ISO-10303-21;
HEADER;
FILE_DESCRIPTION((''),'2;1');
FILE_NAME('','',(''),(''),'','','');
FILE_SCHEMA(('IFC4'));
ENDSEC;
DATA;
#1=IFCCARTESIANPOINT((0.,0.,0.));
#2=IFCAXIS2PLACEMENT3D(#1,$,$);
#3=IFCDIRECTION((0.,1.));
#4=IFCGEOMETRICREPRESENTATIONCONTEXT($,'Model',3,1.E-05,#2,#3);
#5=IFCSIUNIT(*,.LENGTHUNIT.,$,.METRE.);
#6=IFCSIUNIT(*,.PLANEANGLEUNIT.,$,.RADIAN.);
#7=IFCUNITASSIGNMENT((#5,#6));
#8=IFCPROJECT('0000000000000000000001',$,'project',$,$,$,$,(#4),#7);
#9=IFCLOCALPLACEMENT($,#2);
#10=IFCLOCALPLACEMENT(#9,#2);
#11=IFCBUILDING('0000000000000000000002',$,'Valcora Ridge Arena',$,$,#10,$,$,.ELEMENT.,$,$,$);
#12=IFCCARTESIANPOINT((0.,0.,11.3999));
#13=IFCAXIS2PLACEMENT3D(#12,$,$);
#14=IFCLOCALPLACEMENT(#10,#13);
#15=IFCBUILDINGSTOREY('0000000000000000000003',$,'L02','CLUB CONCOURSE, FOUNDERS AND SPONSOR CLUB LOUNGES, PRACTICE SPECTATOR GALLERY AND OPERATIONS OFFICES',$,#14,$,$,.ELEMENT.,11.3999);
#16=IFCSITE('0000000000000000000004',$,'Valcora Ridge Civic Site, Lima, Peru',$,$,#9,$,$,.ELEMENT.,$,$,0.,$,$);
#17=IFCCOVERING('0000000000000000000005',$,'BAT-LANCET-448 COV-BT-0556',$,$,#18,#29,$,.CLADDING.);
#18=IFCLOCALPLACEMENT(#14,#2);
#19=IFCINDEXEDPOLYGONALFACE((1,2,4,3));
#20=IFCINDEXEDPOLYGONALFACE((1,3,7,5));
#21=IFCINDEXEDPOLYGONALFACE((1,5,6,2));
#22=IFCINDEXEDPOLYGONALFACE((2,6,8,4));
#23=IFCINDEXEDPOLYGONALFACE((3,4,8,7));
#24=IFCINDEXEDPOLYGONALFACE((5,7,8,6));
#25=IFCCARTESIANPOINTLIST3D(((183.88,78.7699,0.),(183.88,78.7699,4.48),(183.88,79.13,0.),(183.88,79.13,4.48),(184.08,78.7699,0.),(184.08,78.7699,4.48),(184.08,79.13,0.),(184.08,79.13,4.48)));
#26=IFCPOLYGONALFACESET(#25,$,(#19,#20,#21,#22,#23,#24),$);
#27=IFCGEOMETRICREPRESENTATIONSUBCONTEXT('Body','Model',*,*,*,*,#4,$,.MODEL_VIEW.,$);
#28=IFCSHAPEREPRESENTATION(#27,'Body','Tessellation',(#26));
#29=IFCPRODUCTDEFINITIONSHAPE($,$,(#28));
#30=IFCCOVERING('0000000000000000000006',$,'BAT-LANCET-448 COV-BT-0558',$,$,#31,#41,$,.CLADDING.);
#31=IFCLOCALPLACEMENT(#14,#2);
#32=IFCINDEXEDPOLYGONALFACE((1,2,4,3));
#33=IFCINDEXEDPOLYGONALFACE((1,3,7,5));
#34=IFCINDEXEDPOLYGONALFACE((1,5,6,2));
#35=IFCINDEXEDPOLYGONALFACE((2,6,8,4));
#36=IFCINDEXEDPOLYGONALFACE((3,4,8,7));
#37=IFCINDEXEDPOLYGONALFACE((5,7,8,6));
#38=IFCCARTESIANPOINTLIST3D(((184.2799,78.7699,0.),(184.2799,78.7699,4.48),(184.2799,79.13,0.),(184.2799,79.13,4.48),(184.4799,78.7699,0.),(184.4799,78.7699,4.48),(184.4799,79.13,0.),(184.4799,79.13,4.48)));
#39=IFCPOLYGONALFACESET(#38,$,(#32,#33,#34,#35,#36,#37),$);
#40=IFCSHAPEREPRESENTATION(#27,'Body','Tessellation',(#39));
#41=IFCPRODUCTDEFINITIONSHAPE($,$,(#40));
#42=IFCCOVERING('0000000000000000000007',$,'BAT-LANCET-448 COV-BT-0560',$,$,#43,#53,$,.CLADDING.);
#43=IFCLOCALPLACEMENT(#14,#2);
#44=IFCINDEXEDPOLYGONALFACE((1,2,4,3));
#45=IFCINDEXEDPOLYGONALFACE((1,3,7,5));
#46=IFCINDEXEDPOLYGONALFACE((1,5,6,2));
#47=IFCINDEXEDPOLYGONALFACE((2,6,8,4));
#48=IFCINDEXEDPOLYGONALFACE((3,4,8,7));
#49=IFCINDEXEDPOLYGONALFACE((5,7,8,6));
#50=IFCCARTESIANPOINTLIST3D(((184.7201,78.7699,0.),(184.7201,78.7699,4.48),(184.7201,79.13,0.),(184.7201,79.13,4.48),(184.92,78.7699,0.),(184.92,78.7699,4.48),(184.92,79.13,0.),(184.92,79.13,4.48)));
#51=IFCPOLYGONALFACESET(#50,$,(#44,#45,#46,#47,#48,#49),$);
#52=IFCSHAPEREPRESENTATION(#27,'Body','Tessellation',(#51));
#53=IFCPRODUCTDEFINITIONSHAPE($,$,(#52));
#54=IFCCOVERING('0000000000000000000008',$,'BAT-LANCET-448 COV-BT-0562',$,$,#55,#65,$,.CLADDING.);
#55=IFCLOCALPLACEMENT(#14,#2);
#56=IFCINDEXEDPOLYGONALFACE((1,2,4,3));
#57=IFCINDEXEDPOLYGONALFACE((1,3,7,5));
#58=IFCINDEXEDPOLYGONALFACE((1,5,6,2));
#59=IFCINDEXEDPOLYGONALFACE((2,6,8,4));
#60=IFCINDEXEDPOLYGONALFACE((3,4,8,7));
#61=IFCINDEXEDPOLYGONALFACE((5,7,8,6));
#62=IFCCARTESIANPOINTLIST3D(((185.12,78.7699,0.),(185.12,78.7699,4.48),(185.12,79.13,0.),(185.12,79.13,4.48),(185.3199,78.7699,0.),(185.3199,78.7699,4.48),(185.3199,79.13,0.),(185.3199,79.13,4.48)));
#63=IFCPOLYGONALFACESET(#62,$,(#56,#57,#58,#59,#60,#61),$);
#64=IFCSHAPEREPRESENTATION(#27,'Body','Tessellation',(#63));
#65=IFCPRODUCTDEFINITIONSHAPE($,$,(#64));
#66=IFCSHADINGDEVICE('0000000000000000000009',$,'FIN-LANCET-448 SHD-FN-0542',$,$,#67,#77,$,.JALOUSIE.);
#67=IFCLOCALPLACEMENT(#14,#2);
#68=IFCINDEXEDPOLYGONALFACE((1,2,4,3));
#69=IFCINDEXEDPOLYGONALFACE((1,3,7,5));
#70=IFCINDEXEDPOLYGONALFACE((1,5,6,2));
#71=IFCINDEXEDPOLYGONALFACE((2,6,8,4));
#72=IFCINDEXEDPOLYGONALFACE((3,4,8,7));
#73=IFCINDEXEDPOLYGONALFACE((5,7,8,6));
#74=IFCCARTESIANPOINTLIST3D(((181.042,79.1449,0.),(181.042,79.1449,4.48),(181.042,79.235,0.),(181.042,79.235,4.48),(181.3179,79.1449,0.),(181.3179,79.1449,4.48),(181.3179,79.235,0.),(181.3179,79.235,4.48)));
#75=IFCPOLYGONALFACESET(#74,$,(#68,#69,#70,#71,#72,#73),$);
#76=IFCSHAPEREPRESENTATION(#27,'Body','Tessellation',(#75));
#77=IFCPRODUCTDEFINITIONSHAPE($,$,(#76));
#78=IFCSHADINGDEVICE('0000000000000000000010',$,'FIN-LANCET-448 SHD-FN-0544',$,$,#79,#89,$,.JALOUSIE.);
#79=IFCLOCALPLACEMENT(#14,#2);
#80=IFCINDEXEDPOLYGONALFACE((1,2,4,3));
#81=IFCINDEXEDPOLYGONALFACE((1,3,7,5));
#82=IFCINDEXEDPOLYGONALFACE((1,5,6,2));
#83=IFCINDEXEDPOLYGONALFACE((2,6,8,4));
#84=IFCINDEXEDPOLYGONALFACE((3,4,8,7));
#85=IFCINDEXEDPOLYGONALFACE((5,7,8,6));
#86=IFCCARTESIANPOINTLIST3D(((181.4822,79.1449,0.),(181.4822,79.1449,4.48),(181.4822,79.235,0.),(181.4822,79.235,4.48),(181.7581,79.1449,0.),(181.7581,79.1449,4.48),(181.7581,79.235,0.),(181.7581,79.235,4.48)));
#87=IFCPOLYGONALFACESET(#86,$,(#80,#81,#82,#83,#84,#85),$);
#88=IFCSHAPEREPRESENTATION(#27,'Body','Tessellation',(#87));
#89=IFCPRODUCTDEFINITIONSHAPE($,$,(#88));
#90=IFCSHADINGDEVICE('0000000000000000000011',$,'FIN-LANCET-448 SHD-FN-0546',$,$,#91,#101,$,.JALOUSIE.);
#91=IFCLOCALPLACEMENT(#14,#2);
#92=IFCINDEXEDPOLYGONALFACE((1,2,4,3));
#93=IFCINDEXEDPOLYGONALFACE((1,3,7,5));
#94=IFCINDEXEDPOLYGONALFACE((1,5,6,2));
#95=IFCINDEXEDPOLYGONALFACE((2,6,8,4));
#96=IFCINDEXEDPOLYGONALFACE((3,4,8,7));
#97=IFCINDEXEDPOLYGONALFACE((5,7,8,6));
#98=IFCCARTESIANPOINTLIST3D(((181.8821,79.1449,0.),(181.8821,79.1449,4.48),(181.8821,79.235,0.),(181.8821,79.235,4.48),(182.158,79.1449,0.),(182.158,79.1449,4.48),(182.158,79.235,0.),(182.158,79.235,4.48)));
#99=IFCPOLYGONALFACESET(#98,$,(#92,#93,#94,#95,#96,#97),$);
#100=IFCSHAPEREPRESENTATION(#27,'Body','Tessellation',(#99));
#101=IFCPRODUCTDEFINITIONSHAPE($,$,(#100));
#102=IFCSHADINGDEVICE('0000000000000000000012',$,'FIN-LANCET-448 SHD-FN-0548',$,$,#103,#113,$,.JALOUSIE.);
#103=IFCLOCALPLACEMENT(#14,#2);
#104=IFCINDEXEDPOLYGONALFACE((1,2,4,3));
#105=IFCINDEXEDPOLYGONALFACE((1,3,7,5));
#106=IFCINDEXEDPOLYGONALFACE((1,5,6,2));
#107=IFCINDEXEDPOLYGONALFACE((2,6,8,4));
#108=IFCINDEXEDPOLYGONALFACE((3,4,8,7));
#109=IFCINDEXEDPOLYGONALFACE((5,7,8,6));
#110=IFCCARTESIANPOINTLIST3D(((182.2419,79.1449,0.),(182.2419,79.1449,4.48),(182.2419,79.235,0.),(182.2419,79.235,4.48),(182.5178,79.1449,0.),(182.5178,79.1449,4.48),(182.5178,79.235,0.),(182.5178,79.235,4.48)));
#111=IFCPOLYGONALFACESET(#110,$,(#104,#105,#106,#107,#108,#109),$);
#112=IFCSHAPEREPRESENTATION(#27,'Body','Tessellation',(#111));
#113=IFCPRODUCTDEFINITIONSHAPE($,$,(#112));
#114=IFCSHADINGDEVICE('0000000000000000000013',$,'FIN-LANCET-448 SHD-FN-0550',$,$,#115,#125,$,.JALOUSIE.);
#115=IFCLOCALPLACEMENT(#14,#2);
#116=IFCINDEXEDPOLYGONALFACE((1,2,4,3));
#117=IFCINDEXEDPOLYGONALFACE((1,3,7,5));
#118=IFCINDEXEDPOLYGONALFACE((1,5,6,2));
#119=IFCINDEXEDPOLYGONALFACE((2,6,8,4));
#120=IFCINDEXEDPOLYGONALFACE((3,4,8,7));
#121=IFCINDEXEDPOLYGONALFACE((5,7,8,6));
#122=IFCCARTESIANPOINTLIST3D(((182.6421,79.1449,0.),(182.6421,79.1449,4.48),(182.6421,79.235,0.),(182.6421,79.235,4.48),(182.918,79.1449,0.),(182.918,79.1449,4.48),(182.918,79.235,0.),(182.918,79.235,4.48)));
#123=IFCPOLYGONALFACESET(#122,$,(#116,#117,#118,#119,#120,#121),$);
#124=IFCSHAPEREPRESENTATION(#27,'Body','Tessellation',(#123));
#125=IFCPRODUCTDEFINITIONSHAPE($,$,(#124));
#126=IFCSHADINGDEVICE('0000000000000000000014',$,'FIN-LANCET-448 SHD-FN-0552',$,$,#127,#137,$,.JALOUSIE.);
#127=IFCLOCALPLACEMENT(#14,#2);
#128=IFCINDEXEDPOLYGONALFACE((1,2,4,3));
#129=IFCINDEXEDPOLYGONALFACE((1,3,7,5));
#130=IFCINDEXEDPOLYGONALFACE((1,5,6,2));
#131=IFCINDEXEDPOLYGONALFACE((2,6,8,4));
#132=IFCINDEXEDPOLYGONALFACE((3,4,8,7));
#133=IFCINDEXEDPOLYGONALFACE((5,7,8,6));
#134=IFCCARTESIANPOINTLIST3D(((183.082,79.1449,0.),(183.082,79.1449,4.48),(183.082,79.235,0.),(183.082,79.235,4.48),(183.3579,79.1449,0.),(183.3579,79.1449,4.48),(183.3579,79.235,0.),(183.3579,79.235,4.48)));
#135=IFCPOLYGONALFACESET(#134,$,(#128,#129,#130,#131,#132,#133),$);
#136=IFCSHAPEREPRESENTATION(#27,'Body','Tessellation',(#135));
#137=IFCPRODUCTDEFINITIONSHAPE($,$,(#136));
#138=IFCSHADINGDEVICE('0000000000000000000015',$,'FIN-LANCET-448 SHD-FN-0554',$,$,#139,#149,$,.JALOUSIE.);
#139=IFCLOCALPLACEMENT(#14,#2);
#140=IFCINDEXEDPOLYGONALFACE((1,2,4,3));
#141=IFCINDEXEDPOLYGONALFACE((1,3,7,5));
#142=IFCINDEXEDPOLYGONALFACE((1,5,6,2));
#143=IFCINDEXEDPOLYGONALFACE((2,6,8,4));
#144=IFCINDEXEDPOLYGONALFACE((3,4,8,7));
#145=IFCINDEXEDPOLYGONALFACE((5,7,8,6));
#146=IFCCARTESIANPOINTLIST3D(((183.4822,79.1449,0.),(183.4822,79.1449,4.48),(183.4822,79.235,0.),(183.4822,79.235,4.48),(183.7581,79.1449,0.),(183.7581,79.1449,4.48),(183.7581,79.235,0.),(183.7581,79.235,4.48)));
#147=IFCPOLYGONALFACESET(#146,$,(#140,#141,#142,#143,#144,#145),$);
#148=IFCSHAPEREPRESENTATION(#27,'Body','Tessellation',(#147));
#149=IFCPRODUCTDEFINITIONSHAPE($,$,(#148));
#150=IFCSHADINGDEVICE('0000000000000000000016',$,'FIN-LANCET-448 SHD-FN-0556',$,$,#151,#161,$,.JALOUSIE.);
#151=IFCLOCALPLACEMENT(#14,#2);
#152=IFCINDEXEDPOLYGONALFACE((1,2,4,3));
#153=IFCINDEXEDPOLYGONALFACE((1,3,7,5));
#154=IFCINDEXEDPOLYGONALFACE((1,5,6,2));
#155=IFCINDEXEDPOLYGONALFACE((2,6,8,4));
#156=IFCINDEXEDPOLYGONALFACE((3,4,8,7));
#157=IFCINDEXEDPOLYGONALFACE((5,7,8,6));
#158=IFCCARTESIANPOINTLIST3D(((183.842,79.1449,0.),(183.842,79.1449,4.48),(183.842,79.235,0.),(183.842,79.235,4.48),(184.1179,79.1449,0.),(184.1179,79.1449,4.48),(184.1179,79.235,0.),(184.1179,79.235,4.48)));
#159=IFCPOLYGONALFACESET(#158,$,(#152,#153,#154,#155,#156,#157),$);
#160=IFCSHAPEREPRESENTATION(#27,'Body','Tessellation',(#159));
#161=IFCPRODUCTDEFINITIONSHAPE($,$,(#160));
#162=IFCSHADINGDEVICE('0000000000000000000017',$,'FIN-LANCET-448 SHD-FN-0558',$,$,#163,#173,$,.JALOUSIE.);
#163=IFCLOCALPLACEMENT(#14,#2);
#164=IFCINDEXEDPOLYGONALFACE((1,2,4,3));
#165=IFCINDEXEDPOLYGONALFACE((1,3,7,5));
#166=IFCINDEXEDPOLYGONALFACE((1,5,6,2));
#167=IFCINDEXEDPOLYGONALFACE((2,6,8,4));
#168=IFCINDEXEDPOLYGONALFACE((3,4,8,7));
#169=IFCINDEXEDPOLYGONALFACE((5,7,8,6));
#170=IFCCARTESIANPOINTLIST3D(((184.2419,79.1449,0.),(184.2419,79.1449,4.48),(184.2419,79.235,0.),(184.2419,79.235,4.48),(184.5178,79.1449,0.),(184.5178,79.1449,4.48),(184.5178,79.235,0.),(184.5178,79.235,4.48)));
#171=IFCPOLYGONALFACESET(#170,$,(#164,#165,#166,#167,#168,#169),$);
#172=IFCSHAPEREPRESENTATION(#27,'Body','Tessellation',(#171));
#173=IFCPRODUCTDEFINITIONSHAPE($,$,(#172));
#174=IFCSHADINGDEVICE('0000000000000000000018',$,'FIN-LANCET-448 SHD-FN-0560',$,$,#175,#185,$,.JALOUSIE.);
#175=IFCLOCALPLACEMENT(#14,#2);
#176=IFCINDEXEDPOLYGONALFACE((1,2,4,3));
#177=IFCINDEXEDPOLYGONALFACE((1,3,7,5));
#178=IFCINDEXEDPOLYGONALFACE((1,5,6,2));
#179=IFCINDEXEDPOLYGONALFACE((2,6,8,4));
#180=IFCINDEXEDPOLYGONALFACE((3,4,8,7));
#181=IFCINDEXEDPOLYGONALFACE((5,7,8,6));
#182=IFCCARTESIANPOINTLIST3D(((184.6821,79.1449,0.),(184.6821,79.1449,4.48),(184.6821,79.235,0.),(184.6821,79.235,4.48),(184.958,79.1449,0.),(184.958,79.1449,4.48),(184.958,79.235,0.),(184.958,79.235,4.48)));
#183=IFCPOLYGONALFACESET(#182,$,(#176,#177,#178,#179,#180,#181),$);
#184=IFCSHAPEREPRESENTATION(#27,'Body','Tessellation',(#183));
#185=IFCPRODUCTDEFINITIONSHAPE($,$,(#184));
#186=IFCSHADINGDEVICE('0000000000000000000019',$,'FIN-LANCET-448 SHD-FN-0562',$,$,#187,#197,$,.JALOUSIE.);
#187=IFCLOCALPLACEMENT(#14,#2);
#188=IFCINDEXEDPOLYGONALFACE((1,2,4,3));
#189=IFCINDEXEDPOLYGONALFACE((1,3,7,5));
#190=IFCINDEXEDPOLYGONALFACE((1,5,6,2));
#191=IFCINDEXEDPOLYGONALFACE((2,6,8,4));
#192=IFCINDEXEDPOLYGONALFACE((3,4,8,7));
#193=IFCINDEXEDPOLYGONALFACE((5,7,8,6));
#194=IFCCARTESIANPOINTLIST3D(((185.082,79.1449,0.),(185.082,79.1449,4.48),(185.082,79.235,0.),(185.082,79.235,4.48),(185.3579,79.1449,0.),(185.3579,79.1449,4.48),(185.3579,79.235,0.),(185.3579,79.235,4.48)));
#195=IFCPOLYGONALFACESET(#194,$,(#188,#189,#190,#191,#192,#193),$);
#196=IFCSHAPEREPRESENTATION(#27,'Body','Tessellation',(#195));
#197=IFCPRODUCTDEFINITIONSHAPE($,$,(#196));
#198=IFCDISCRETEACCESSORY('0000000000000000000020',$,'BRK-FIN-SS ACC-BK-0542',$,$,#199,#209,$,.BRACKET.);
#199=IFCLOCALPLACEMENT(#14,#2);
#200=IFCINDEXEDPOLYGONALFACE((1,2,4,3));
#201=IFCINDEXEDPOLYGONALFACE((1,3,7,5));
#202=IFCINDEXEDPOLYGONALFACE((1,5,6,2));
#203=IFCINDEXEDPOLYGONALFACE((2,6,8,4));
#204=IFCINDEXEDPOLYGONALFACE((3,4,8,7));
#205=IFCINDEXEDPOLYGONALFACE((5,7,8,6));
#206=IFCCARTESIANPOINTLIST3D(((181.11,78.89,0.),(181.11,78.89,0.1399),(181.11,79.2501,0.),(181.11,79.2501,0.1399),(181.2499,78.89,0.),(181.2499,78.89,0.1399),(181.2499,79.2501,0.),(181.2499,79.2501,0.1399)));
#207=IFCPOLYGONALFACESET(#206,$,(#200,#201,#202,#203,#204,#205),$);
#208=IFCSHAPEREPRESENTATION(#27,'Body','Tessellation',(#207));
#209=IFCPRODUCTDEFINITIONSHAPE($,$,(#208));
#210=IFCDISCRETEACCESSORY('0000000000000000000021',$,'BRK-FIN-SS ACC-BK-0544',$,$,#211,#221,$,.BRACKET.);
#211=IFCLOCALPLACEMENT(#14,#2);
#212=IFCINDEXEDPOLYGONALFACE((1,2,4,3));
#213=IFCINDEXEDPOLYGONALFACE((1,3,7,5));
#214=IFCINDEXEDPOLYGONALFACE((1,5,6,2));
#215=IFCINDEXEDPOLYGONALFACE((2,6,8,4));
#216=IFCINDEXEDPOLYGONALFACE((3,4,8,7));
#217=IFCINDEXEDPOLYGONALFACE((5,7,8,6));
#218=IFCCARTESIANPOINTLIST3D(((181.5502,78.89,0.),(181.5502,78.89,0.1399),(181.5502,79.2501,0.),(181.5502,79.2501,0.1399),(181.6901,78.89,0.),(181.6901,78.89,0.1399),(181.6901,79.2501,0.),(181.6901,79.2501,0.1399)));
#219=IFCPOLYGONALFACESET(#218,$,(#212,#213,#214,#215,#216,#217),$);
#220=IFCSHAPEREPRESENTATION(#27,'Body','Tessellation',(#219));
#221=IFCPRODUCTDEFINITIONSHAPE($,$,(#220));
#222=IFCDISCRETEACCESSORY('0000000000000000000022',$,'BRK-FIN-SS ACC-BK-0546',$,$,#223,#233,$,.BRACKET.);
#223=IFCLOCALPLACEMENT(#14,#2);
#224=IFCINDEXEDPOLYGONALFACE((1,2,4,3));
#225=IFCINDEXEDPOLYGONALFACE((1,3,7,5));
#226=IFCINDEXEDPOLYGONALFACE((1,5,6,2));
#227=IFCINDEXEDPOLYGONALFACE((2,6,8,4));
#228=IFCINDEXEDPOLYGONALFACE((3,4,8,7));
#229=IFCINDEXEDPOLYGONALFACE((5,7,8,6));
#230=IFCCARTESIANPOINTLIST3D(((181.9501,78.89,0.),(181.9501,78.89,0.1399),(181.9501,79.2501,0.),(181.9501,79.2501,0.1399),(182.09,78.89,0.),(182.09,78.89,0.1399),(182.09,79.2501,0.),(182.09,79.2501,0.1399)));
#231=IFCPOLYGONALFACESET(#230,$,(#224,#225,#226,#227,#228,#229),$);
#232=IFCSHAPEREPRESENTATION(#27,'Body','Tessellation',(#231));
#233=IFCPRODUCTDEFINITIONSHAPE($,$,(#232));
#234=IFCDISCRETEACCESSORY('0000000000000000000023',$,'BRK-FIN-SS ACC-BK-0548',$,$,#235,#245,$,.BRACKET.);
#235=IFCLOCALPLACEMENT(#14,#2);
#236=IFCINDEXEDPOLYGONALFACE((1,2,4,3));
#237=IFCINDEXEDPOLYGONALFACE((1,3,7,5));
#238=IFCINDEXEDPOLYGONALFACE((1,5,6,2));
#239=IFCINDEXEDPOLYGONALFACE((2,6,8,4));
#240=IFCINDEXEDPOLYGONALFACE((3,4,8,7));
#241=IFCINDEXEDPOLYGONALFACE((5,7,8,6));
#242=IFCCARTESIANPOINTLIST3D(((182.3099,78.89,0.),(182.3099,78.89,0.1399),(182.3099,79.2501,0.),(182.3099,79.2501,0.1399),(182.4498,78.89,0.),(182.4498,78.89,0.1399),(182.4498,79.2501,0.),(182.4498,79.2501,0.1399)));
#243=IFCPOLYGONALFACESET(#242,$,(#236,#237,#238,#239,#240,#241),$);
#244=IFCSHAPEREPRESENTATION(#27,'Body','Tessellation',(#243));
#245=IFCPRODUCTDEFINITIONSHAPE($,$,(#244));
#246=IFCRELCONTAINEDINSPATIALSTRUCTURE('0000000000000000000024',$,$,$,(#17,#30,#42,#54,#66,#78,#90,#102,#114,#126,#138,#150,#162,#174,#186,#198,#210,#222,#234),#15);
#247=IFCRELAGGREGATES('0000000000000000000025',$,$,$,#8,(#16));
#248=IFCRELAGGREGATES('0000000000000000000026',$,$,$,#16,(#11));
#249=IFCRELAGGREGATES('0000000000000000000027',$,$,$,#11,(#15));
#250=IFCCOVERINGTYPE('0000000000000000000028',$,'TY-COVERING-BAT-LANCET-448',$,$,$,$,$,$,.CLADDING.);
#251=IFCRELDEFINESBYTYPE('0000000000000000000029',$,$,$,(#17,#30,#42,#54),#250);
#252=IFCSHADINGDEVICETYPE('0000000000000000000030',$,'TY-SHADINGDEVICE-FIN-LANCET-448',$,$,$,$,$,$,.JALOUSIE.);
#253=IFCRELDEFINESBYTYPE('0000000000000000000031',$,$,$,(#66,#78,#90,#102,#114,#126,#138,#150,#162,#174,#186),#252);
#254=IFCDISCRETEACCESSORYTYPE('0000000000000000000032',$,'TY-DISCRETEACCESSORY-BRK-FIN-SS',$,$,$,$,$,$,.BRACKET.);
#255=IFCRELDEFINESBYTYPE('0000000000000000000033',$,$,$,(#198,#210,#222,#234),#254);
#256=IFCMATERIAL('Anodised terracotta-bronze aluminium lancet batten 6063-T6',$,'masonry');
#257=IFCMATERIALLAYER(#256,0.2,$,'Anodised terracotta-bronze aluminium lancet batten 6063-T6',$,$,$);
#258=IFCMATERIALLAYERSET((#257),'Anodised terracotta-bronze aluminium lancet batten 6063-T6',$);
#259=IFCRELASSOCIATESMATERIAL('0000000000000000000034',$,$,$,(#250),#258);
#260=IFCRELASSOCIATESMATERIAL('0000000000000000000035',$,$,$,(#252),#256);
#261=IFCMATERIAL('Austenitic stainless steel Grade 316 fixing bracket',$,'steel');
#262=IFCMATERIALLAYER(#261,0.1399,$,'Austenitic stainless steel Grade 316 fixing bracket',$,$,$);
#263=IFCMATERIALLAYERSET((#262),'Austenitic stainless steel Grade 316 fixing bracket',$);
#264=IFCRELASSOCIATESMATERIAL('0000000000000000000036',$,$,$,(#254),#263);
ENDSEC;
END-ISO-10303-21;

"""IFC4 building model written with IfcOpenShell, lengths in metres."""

from ifc_helpers import new_model, si_unit, direction, frame, origin, origin_2d, place, context, subcontext, project, spatial, rectangle, extrude, material, layer, layer_set, material_profile, profile_set, type_object, element, save


model = new_model("IFC4")

# Units and contexts
model_context = context("Model", 3, precision=1e-05, world=origin(), true_north=direction((0.0, 1.0)))
body_context = subcontext(model_context, "Body", "Model", "MODEL_VIEW")
ifc_project = project(units=[si_unit("LENGTHUNIT", "METRE"), si_unit("PLANEANGLEUNIT", "RADIAN")], contexts=[model_context])

# Site, building, storey
site_placement = place(None, origin())
site = spatial("IfcSite", under=ifc_project, at=site_placement, Name="Valcora Ridge Civic Site, Lima, Peru", CompositionType="ELEMENT", RefElevation=0.0)
building_placement = place(site_placement, origin())
building = spatial("IfcBuilding", under=site, at=building_placement, Name="Valcora Ridge Arena", CompositionType="ELEMENT")
storey_placement = place(building_placement, frame((0.0, 0.0, 11.3999)))
storey = spatial("IfcBuildingStorey", under=building, at=storey_placement, Name="L02", Description="CLUB CONCOURSE, FOUNDERS AND SPONSOR CLUB LOUNGES, PRACTICE SPECTATOR GALLERY AND OPERATIONS OFFICES", CompositionType="ELEMENT", Elevation=11.3999)

# Coverings
ifc_material_1 = material(Name="Anodised terracotta-bronze aluminium lancet batten 6063-T6", Category="masonry")
ifc_layer_1 = layer(ifc_material_1, 0.2, Name="Anodised terracotta-bronze aluminium lancet batten 6063-T6")
ifc_layer_set_1 = layer_set([ifc_layer_1], Name="Anodised terracotta-bronze aluminium lancet batten 6063-T6")
covering_type = type_object("IfcCoveringType", Name="TY-COVERING-BAT-LANCET-448", PredefinedType="CLADDING", material=ifc_layer_set_1)
for number, where, z_axis, x_axis, name in (
    (1, (183.98, 78.95, 0.0), (0.0, 0.0, 1.0), (1.0, 0.0, 0.0), "BAT-LANCET-448 COV-BT-0556"),
    (2, (184.3799, 78.95, 0.0), (0.0, 0.0, 1.0), (1.0, 0.0, 0.0), "BAT-LANCET-448 COV-BT-0558"),
    (3, (184.8201, 78.95, 0.0), (0.0, 0.0, 1.0), (1.0, 0.0, 0.0), "BAT-LANCET-448 COV-BT-0560"),
    (4, (185.22, 78.95, 0.0), (0.0, 0.0, 1.0), (1.0, 0.0, 0.0), "BAT-LANCET-448 COV-BT-0562"),
):
    element("IfcCovering", number, at=place(storey_placement, frame(where, z_axis=z_axis, x_axis=x_axis)), inside=storey, type_object=covering_type, Name=name, PredefinedType="CLADDING", context=body_context, shape_type="SweptSolid", body=[
        extrude(rectangle(XDim=0.2, YDim=0.3601, at=origin_2d()), origin(), (0.0, 0.0, 1.0), 4.48),
    ])

# Shading devices
ifc_material_profile_1 = material_profile(ifc_material_1, rectangle(XDim=0.0901, YDim=0.2759, at=origin_2d()), Name="ALU LANCET BATTEN 90x276")
ifc_profile_set_1 = profile_set([ifc_material_profile_1], Name="Anodised terracotta-bronze aluminium lancet batten 6063-T6")
shading_device_type = type_object("IfcShadingDeviceType", Name="TY-SHADINGDEVICE-FIN-LANCET-448", PredefinedType="JALOUSIE", material=ifc_profile_set_1)
for number, where, z_axis, x_axis, name in (
    (5, (181.1799, 79.1899, 0.0), (0.0, 0.0, 1.0), (0.0, 1.0, 0.0), "FIN-LANCET-448 SHD-FN-0542"),
    (6, (181.6201, 79.1899, 0.0), (0.0, 0.0, 1.0), (0.0, 1.0, 0.0), "FIN-LANCET-448 SHD-FN-0544"),
    (7, (182.02, 79.1899, 0.0), (0.0, 0.0, 1.0), (0.0, 1.0, 0.0), "FIN-LANCET-448 SHD-FN-0546"),
    (8, (182.3799, 79.1899, 0.0), (0.0, 0.0, 1.0), (0.0, 1.0, 0.0), "FIN-LANCET-448 SHD-FN-0548"),
    (9, (182.78, 79.1899, 0.0), (0.0, 0.0, 1.0), (0.0, 1.0, 0.0), "FIN-LANCET-448 SHD-FN-0550"),
    (10, (183.22, 79.1899, 0.0), (0.0, 0.0, 1.0), (0.0, 1.0, 0.0), "FIN-LANCET-448 SHD-FN-0552"),
    (11, (183.6201, 79.1899, 0.0), (0.0, 0.0, 1.0), (0.0, 1.0, 0.0), "FIN-LANCET-448 SHD-FN-0554"),
    (12, (183.98, 79.1899, 0.0), (0.0, 0.0, 1.0), (0.0, 1.0, 0.0), "FIN-LANCET-448 SHD-FN-0556"),
    (13, (184.3799, 79.1899, 0.0), (0.0, 0.0, 1.0), (0.0, 1.0, 0.0), "FIN-LANCET-448 SHD-FN-0558"),
    (14, (184.8201, 79.1899, 0.0), (0.0, 0.0, 1.0), (0.0, 1.0, 0.0), "FIN-LANCET-448 SHD-FN-0560"),
    (15, (185.22, 79.1899, 0.0), (0.0, 0.0, 1.0), (0.0, 1.0, 0.0), "FIN-LANCET-448 SHD-FN-0562"),
):
    element("IfcShadingDevice", number, at=place(storey_placement, frame(where, z_axis=z_axis, x_axis=x_axis)), inside=storey, type_object=shading_device_type, Name=name, PredefinedType="JALOUSIE", context=body_context, shape_type="SweptSolid", body=[
        extrude(rectangle(XDim=0.0901, YDim=0.2759, at=origin_2d()), origin(), (0.0, 0.0, 1.0), 4.48),
    ])

# Discrete accessories
ifc_material_2 = material(Name="Austenitic stainless steel Grade 316 fixing bracket", Category="steel")
ifc_layer_2 = layer(ifc_material_2, 0.1399, Name="Austenitic stainless steel Grade 316 fixing bracket")
ifc_layer_set_2 = layer_set([ifc_layer_2], Name="Austenitic stainless steel Grade 316 fixing bracket")
discrete_accessory_type = type_object("IfcDiscreteAccessoryType", Name="TY-DISCRETEACCESSORY-BRK-FIN-SS", PredefinedType="BRACKET", material=ifc_layer_set_2)
for number, where, z_axis, x_axis, name in (
    (16, (181.1799, 79.0701, 0.0), (0.0, 0.0, 1.0), (0.0, 1.0, 0.0), "BRK-FIN-SS ACC-BK-0542"),
    (17, (181.6201, 79.0701, 0.0), (0.0, 0.0, 1.0), (0.0, 1.0, 0.0), "BRK-FIN-SS ACC-BK-0544"),
    (18, (182.02, 79.0701, 0.0), (0.0, 0.0, 1.0), (0.0, 1.0, 0.0), "BRK-FIN-SS ACC-BK-0546"),
    (19, (182.3799, 79.0701, 0.0), (0.0, 0.0, 1.0), (0.0, 1.0, 0.0), "BRK-FIN-SS ACC-BK-0548"),
):
    element("IfcDiscreteAccessory", number, at=place(storey_placement, frame(where, z_axis=z_axis, x_axis=x_axis)), inside=storey, type_object=discrete_accessory_type, Name=name, PredefinedType="BRACKET", context=body_context, shape_type="SweptSolid", body=[
        extrude(rectangle(XDim=0.3601, YDim=0.1399, at=origin_2d()), origin(), (0.0, 0.0, 1.0), 0.1399),
    ])

save(model, "model.ifc")
